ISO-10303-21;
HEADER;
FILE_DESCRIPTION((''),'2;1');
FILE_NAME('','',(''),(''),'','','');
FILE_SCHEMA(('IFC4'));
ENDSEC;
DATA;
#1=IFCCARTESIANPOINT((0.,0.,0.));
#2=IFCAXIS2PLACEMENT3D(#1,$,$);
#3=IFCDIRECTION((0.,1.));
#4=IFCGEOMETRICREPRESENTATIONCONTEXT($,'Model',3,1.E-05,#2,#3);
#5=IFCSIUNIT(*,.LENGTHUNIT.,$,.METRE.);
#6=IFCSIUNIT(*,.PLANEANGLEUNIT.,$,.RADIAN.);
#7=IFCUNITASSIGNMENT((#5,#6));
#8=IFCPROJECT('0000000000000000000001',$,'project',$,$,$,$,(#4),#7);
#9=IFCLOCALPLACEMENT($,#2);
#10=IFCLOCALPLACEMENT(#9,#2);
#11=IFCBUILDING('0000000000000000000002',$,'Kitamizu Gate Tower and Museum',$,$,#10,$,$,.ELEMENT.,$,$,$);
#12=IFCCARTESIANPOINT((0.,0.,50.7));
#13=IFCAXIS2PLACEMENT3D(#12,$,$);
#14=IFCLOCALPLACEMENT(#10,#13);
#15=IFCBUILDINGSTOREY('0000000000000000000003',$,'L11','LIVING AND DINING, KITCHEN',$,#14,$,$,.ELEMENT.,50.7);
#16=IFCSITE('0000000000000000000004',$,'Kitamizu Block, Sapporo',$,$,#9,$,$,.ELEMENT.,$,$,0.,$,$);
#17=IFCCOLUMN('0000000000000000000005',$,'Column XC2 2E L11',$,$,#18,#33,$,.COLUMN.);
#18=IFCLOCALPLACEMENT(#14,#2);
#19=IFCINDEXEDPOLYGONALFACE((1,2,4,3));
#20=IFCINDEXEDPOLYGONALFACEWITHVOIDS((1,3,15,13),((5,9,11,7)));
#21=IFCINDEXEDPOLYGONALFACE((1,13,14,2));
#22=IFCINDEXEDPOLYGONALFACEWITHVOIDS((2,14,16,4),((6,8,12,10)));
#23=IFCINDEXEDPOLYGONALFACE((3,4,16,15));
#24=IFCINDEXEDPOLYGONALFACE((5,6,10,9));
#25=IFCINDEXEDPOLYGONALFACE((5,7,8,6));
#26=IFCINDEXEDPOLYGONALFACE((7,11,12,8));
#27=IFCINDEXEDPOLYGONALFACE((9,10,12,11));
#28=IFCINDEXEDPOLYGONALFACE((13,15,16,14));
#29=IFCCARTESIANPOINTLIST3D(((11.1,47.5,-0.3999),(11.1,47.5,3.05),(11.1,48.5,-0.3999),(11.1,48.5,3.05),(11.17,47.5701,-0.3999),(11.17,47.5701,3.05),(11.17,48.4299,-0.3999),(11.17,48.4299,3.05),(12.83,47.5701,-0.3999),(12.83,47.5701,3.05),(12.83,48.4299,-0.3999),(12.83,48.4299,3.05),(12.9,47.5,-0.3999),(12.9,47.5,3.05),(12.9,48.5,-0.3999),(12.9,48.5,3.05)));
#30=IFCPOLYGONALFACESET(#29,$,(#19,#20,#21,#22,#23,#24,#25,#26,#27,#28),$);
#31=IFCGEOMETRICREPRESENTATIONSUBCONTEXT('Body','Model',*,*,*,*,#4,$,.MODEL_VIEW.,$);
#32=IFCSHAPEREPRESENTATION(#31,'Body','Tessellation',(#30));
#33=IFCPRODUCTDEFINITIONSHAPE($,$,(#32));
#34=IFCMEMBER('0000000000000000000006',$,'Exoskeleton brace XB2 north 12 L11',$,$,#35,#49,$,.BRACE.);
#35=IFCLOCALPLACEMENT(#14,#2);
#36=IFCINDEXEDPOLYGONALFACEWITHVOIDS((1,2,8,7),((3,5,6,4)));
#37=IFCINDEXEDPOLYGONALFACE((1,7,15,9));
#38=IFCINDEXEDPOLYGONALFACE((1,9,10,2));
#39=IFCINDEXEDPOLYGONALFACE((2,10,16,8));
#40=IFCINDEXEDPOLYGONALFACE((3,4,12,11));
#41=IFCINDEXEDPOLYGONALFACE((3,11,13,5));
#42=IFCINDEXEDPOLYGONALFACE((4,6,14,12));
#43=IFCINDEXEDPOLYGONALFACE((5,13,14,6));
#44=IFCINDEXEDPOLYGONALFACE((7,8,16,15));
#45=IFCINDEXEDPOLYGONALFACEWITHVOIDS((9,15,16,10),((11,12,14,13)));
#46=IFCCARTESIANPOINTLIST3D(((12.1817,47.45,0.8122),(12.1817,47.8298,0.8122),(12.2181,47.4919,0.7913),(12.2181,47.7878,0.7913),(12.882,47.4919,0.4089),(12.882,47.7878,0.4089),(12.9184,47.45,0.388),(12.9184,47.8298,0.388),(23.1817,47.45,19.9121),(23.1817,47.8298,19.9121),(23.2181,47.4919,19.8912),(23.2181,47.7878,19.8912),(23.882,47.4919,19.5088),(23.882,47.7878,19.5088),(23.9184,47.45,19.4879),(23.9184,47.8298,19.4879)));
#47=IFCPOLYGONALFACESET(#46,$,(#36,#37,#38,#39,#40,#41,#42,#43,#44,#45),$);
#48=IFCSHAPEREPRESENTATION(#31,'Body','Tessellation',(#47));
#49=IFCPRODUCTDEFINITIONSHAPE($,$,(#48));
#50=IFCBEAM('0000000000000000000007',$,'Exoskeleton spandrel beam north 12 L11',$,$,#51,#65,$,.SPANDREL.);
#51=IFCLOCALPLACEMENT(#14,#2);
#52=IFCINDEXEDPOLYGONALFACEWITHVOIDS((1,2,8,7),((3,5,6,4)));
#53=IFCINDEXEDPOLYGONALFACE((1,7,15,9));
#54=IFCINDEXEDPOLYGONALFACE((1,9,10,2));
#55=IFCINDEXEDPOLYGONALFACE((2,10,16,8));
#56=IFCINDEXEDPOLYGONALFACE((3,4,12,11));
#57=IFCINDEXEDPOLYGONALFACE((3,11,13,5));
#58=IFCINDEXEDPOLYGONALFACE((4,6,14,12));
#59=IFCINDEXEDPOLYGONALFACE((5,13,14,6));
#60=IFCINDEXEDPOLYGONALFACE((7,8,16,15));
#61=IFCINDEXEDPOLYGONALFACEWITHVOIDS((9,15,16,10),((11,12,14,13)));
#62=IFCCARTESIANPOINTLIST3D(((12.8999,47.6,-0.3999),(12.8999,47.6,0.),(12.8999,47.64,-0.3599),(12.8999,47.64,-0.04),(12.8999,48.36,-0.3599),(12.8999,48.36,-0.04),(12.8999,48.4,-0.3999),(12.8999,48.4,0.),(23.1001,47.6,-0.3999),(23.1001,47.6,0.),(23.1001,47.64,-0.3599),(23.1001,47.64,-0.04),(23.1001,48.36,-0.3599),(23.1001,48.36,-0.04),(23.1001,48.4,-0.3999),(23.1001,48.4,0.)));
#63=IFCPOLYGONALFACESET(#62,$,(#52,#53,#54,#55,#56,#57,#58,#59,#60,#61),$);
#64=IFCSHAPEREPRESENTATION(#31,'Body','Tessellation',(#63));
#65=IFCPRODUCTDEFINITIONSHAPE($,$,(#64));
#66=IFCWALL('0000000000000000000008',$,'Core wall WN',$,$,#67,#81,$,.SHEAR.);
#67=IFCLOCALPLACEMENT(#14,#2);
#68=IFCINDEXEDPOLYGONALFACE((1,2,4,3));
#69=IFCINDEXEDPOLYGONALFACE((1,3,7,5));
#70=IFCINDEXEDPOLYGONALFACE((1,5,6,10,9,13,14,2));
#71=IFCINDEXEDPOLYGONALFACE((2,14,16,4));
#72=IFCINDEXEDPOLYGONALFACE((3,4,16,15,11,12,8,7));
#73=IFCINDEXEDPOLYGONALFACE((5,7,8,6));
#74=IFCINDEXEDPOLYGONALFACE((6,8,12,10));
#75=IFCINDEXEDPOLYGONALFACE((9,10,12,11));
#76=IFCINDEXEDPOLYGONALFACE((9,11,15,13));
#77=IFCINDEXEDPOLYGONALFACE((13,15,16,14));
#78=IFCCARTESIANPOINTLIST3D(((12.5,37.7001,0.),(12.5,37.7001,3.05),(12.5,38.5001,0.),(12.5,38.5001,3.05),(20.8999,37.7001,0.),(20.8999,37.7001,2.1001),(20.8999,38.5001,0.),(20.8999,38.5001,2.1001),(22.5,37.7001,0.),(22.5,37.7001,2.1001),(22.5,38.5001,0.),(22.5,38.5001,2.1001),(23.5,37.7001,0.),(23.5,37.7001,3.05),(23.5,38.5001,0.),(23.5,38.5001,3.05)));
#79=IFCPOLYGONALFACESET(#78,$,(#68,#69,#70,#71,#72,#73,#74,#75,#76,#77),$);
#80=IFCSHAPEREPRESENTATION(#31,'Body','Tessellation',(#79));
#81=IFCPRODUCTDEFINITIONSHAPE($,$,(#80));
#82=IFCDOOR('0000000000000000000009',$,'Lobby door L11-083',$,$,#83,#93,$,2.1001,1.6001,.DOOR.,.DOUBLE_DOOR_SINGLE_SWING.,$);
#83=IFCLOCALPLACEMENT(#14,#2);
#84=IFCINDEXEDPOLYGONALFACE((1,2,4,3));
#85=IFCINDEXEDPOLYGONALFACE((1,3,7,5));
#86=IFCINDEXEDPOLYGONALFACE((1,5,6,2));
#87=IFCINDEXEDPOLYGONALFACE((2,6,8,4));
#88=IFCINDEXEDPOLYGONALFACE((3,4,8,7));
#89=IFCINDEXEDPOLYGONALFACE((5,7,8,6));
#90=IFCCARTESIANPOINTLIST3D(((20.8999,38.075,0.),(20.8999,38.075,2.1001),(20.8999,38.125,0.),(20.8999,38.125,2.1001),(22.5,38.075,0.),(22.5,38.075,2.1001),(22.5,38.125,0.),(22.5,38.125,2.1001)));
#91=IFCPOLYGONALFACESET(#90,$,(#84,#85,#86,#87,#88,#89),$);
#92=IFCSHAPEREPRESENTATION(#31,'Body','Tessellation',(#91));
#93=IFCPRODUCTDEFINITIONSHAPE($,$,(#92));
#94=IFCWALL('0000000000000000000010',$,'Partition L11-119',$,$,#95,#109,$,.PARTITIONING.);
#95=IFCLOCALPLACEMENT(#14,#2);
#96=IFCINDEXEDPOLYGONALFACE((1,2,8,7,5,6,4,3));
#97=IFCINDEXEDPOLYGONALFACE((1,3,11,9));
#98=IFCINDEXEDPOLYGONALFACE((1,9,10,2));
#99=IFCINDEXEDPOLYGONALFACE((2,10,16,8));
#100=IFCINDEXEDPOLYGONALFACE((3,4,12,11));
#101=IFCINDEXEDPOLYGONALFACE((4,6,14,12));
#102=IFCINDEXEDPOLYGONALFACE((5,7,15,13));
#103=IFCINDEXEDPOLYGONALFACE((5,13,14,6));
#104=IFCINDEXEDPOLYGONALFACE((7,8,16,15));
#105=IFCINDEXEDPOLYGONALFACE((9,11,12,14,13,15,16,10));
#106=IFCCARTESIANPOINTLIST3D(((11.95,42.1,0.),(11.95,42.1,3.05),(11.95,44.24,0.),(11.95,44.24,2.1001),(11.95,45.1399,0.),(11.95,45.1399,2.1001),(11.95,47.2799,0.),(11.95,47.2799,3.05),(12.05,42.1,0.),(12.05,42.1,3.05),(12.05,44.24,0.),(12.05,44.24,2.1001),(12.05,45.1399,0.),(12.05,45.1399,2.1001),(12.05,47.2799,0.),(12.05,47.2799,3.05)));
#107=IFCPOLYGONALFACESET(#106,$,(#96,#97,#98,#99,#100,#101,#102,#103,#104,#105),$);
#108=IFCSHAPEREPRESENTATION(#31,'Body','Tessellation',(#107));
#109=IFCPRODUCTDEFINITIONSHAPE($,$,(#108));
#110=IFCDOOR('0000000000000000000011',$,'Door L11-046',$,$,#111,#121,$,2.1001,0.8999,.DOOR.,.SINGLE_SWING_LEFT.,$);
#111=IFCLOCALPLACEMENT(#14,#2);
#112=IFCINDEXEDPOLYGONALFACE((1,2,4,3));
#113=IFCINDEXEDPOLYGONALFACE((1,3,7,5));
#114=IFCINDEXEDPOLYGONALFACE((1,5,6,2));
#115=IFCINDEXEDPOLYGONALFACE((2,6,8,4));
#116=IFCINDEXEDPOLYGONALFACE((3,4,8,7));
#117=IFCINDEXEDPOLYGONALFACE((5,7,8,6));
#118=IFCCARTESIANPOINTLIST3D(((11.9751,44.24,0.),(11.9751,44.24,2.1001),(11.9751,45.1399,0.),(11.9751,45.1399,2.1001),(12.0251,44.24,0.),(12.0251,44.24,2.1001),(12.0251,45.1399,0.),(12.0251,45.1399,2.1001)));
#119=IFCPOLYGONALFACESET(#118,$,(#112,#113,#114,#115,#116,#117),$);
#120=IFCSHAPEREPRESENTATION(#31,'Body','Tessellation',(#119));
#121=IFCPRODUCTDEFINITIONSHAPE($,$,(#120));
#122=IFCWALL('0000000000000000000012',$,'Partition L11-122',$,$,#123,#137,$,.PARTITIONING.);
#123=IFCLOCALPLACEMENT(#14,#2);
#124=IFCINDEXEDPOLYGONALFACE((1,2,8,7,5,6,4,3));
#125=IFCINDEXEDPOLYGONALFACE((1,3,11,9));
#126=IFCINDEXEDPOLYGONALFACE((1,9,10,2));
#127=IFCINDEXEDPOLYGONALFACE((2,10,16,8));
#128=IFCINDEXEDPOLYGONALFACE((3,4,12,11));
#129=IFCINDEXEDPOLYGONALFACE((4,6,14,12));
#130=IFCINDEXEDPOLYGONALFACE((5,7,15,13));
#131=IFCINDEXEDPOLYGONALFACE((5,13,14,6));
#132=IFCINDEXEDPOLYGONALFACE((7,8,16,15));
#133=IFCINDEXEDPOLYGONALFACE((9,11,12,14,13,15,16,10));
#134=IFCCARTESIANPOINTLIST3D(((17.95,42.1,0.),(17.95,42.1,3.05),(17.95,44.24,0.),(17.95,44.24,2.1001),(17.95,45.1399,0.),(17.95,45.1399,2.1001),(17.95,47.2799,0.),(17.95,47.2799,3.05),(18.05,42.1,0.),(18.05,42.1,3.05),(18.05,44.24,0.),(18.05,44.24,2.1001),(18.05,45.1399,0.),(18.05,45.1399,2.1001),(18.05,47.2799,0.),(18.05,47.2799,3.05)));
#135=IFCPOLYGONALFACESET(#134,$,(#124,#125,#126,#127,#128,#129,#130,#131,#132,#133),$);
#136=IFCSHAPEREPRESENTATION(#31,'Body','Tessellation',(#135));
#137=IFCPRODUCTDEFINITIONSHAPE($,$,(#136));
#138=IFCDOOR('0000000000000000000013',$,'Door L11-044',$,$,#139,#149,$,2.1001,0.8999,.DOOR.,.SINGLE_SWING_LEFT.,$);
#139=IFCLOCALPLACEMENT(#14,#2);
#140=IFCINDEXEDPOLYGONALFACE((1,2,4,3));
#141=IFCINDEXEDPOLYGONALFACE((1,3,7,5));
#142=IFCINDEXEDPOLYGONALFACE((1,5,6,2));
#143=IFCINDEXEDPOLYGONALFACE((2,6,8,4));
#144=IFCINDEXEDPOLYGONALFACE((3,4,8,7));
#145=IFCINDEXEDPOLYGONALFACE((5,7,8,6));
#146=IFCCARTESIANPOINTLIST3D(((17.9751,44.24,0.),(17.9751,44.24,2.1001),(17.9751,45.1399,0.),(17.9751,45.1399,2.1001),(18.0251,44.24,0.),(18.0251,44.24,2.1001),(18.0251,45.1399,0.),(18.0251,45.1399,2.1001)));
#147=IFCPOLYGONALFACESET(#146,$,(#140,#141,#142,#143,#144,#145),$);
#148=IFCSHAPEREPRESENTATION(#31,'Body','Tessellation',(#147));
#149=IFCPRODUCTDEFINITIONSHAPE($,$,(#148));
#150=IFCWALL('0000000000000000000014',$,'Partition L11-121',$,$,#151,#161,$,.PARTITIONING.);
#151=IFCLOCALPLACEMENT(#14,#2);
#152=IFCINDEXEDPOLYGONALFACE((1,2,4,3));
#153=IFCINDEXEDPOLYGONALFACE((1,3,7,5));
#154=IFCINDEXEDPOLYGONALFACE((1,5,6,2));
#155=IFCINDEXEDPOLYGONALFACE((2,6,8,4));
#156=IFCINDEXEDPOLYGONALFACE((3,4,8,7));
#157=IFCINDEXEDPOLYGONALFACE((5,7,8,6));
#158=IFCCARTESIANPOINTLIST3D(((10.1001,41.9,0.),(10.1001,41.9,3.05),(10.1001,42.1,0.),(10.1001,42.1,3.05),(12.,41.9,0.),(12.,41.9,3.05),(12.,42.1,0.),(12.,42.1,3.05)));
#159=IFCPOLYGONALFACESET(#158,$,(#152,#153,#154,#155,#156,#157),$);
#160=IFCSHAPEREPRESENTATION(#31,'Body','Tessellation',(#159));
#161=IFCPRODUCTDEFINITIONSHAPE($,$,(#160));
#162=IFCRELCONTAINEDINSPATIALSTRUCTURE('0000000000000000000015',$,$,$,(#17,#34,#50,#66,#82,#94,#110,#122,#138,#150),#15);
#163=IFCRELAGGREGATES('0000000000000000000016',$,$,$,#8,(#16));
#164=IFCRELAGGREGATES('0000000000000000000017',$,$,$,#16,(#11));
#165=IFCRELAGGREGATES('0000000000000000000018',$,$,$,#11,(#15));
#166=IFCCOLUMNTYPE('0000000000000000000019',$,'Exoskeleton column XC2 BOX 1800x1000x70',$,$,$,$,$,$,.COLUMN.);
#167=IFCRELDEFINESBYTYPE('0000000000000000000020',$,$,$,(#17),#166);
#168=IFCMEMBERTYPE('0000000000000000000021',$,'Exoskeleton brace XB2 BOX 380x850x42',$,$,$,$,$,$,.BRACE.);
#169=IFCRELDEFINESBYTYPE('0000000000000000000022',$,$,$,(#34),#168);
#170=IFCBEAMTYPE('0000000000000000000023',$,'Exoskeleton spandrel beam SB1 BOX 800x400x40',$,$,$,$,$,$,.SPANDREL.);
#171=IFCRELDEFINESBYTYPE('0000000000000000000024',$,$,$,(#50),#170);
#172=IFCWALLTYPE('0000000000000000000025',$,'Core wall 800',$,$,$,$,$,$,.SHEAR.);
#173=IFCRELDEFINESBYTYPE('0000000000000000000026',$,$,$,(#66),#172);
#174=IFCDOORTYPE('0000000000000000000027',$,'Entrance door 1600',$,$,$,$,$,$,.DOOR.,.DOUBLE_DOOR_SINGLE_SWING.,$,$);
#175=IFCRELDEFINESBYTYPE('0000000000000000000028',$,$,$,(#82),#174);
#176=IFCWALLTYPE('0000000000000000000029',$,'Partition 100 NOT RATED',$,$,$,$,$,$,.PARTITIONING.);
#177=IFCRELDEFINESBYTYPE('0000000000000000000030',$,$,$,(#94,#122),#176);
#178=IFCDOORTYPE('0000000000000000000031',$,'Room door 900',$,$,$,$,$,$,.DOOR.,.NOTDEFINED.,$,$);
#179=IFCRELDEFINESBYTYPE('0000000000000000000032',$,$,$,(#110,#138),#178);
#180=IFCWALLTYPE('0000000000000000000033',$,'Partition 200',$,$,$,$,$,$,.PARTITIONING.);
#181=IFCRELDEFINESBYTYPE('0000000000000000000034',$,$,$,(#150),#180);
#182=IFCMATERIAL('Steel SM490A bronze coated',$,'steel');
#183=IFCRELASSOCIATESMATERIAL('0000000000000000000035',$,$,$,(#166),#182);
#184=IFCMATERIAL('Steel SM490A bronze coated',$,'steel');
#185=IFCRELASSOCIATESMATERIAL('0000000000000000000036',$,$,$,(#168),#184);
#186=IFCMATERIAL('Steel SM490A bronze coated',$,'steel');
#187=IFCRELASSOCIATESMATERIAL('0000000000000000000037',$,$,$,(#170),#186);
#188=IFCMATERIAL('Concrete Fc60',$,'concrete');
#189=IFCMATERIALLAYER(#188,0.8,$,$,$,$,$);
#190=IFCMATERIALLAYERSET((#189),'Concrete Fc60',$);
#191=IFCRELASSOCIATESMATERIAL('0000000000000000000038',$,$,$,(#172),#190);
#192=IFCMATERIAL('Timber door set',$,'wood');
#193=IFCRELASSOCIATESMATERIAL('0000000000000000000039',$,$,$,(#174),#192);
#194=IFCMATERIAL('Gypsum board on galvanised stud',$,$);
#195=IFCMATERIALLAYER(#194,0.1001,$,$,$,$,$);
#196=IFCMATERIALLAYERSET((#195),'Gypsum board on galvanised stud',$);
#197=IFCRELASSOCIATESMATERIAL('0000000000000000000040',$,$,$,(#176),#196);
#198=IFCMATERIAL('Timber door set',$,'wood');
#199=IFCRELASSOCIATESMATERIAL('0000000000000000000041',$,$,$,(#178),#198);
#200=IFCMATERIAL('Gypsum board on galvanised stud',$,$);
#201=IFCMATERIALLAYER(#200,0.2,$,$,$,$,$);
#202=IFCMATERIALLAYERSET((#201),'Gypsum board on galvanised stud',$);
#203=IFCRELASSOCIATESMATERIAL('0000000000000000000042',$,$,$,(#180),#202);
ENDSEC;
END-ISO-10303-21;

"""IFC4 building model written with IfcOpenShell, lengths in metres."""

from ifc_helpers import new_model, si_unit, direction, frame, frame_2d, origin, origin_2d, place, context, subcontext, project, spatial, rectangle, hollow_rectangle, extrude, material, layer, layer_set, material_profile, profile_set, type_object, element, fill, save


model = new_model("IFC4")

# Units and contexts
model_context = context("Model", 3, precision=1e-05, world=origin(), true_north=direction((0.0, 1.0)))
body_context = subcontext(model_context, "Body", "Model", "MODEL_VIEW")
ifc_project = project(units=[si_unit("LENGTHUNIT", "METRE"), si_unit("PLANEANGLEUNIT", "RADIAN")], contexts=[model_context])

# Site, building, storey
site_placement = place(None, origin())
site = spatial("IfcSite", under=ifc_project, at=site_placement, Name="Kitamizu Block, Sapporo", CompositionType="ELEMENT", RefElevation=0.0)
building_placement = place(site_placement, origin())
building = spatial("IfcBuilding", under=site, at=building_placement, Name="Kitamizu Gate Tower and Museum", CompositionType="ELEMENT")
storey_placement = place(building_placement, frame((0.0, 0.0, 50.7)))
storey = spatial("IfcBuildingStorey", under=building, at=storey_placement, Name="L11", Description="LIVING AND DINING, KITCHEN", CompositionType="ELEMENT", Elevation=50.7)

# Column
ifc_material_1 = material(Name="Steel SM490A bronze coated", Category="steel")
ifc_material_profile_1 = material_profile(ifc_material_1, hollow_rectangle(XDim=1.8, YDim=1.0, WallThickness=0.0701, at=origin_2d()), Name="BOX 1800x1000x70")
ifc_profile_set_1 = profile_set([ifc_material_profile_1], Name="Steel SM490A bronze coated")
column_type = type_object("IfcColumnType", Name="Exoskeleton column XC2 BOX 1800x1000x70", PredefinedType="COLUMN", material=ifc_profile_set_1)
column_placement = place(storey_placement, frame((12.0, 48.0, -0.3999), z_axis=(0.0, 0.0, 1.0), x_axis=(1.0, 0.0, 0.0)))
element("IfcColumn", 1, at=column_placement, inside=storey, type_object=column_type, Name="Column XC2 2E L11", PredefinedType="COLUMN", context=body_context, shape_type="SweptSolid", body=[
    extrude(hollow_rectangle(XDim=1.8, YDim=1.0, WallThickness=0.0701, at=origin_2d()), origin(), (0.0, 0.0, 1.0), 3.45),
])

# Member
ifc_material_2 = material(Name="Steel SM490A bronze coated", Category="steel")
ifc_material_profile_2 = material_profile(ifc_material_2, hollow_rectangle(XDim=0.3799, YDim=0.8501, WallThickness=0.042, at=origin_2d()), Name="BOX 380x850x42")
ifc_profile_set_2 = profile_set([ifc_material_profile_2], Name="Steel SM490A bronze coated")
member_type = type_object("IfcMemberType", Name="Exoskeleton brace XB2 BOX 380x850x42", PredefinedType="BRACE", material=ifc_profile_set_2)
member_placement = place(storey_placement, frame((12.55, 47.6399, 0.6001), z_axis=(0.499071, 0.0, 0.866561), x_axis=(0.0, 1.0, 0.0)))
element("IfcMember", 2, at=member_placement, inside=storey, type_object=member_type, Name="Exoskeleton brace XB2 north 12 L11", PredefinedType="BRACE", context=body_context, shape_type="SweptSolid", body=[
    extrude(hollow_rectangle(XDim=0.3799, YDim=0.8501, WallThickness=0.042, at=origin_2d()), origin(), (0.0, 0.0, 1.0), 22.041),
])

# Beam
ifc_material_3 = material(Name="Steel SM490A bronze coated", Category="steel")
ifc_material_profile_3 = material_profile(ifc_material_3, hollow_rectangle(XDim=0.8, YDim=0.3999, WallThickness=0.04, at=origin_2d()), Name="BOX 800x400x40")
ifc_profile_set_3 = profile_set([ifc_material_profile_3], Name="Steel SM490A bronze coated")
beam_type = type_object("IfcBeamType", Name="Exoskeleton spandrel beam SB1 BOX 800x400x40", PredefinedType="SPANDREL", material=ifc_profile_set_3)
beam_placement = place(storey_placement, frame((12.8999, 48.0, -0.2), z_axis=(1.0, 0.0, 0.0), x_axis=(0.0, 1.0, 0.0)))
element("IfcBeam", 3, at=beam_placement, inside=storey, type_object=beam_type, Name="Exoskeleton spandrel beam north 12 L11", PredefinedType="SPANDREL", context=body_context, shape_type="SweptSolid", body=[
    extrude(hollow_rectangle(XDim=0.8, YDim=0.3999, WallThickness=0.04, at=origin_2d()), origin(), (0.0, 0.0, 1.0), 10.2002),
])

# Walls, openings, doors
ifc_material_4 = material(Name="Concrete Fc60", Category="concrete")
ifc_layer_1 = layer(ifc_material_4, 0.8)
ifc_layer_set_1 = layer_set([ifc_layer_1], Name="Concrete Fc60")
wall_type_1 = type_object("IfcWallType", Name="Core wall 800", PredefinedType="SHEAR", material=ifc_layer_set_1)
wall_1_placement = place(storey_placement, frame((12.5, 38.1001, 0.0), z_axis=(0.0, 0.0, 1.0), x_axis=(1.0, 0.0, 0.0)))
wall_1 = element("IfcWall", 4, at=wall_1_placement, inside=storey, type_object=wall_type_1, Name="Core wall WN", PredefinedType="SHEAR", context=body_context, shape_type="SweptSolid", body=[
    extrude(rectangle(XDim=11.0, YDim=0.8, at=frame_2d((5.5, 0.0))), origin(), (0.0, 0.0, 1.0), 3.05),
])
opening_1_placement = place(wall_1_placement, frame((8.3999, 0.0, 0.0)))
opening_1 = element("IfcOpeningElement", 5, at=opening_1_placement, cuts=wall_1, PredefinedType="OPENING", context=body_context, shape_type="SweptSolid", body=[
    extrude(rectangle(XDim=1.6001, YDim=2.1001, at=frame_2d((0.8, 1.05))), frame((0.0, 0.4102, 0.0), z_axis=(0.0, -1.0, 0.0), x_axis=(1.0, 0.0, 0.0)), (0.0, 0.0, 1.0), 0.8201),
])
ifc_material_5 = material(Name="Timber door set", Category="wood")
door_type_1 = type_object("IfcDoorType", Name="Entrance door 1600", OperationType="DOUBLE_DOOR_SINGLE_SWING", PredefinedType="DOOR", material=ifc_material_5)
door_1_placement = place(opening_1_placement, origin())
door_1 = element("IfcDoor", 6, at=door_1_placement, inside=storey, type_object=door_type_1, Name="Lobby door L11-083", OperationType="DOUBLE_DOOR_SINGLE_SWING", OverallHeight=2.1001, OverallWidth=1.6001, PredefinedType="DOOR", context=body_context, shape_type="SweptSolid", body=[
    extrude(rectangle(XDim=1.6001, YDim=2.1001, at=frame_2d((0.8, 1.05))), frame((0.0, 0.0249, 0.0), z_axis=(0.0, -1.0, 0.0), x_axis=(1.0, 0.0, 0.0)), (0.0, 0.0, 1.0), 0.05),
])
fill(opening_1, door_1)
ifc_material_6 = material(Name="Gypsum board on galvanised stud")
ifc_layer_2 = layer(ifc_material_6, 0.1001)
ifc_layer_set_2 = layer_set([ifc_layer_2], Name="Gypsum board on galvanised stud")
wall_type_2 = type_object("IfcWallType", Name="Partition 100 NOT RATED", PredefinedType="PARTITIONING", material=ifc_layer_set_2)
wall_2_placement = place(storey_placement, frame((12.0, 42.1001, 0.0), z_axis=(0.0, 0.0, 1.0), x_axis=(0.0, 1.0, 0.0)))
wall_2 = element("IfcWall", 7, at=wall_2_placement, inside=storey, type_object=wall_type_2, Name="Partition L11-119", PredefinedType="PARTITIONING", context=body_context, shape_type="SweptSolid", body=[
    extrude(rectangle(XDim=5.1799, YDim=0.1001, at=frame_2d((2.5898, 0.0))), origin(), (0.0, 0.0, 1.0), 3.05),
])
opening_2_placement = place(wall_2_placement, frame((2.1399, 0.0, 0.0)))
opening_2 = element("IfcOpeningElement", 8, at=opening_2_placement, cuts=wall_2, PredefinedType="OPENING", context=body_context, shape_type="SweptSolid", body=[
    extrude(rectangle(XDim=0.8999, YDim=2.1001, at=frame_2d((0.45, 1.05))), frame((0.0, 0.0601, 0.0), z_axis=(0.0, -1.0, 0.0), x_axis=(1.0, 0.0, 0.0)), (0.0, 0.0, 1.0), 0.1201),
])
ifc_material_7 = material(Name="Timber door set", Category="wood")
door_type_2 = type_object("IfcDoorType", Name="Room door 900", OperationType="NOTDEFINED", PredefinedType="DOOR", material=ifc_material_7)
door_2_placement = place(opening_2_placement, origin())
door_2 = element("IfcDoor", 9, at=door_2_placement, inside=storey, type_object=door_type_2, Name="Door L11-046", OperationType="SINGLE_SWING_LEFT", OverallHeight=2.1001, OverallWidth=0.8999, PredefinedType="DOOR", context=body_context, shape_type="SweptSolid", body=[
    extrude(rectangle(XDim=0.8999, YDim=2.1001, at=frame_2d((0.45, 1.05))), frame((0.0, 0.0249, 0.0), z_axis=(0.0, -1.0, 0.0), x_axis=(1.0, 0.0, 0.0)), (0.0, 0.0, 1.0), 0.05),
])
fill(opening_2, door_2)
wall_3_placement = place(storey_placement, frame((18.0, 42.1001, 0.0), z_axis=(0.0, 0.0, 1.0), x_axis=(0.0, 1.0, 0.0)))
wall_3 = element("IfcWall", 10, at=wall_3_placement, inside=storey, type_object=wall_type_2, Name="Partition L11-122", PredefinedType="PARTITIONING", context=body_context, shape_type="SweptSolid", body=[
    extrude(rectangle(XDim=5.1799, YDim=0.1001, at=frame_2d((2.5898, 0.0))), origin(), (0.0, 0.0, 1.0), 3.05),
])
opening_3_placement = place(wall_3_placement, frame((2.1399, 0.0, 0.0)))
opening_3 = element("IfcOpeningElement", 11, at=opening_3_placement, cuts=wall_3, PredefinedType="OPENING", context=body_context, shape_type="SweptSolid", body=[
    extrude(rectangle(XDim=0.8999, YDim=2.1001, at=frame_2d((0.45, 1.05))), frame((0.0, 0.0601, 0.0), z_axis=(0.0, -1.0, 0.0), x_axis=(1.0, 0.0, 0.0)), (0.0, 0.0, 1.0), 0.1201),
])
door_3_placement = place(opening_3_placement, origin())
door_3 = element("IfcDoor", 12, at=door_3_placement, inside=storey, type_object=door_type_2, Name="Door L11-044", OperationType="SINGLE_SWING_LEFT", OverallHeight=2.1001, OverallWidth=0.8999, PredefinedType="DOOR", context=body_context, shape_type="SweptSolid", body=[
    extrude(rectangle(XDim=0.8999, YDim=2.1001, at=frame_2d((0.45, 1.05))), frame((0.0, 0.0249, 0.0), z_axis=(0.0, -1.0, 0.0), x_axis=(1.0, 0.0, 0.0)), (0.0, 0.0, 1.0), 0.05),
])
fill(opening_3, door_3)

# Wall
ifc_material_8 = material(Name="Gypsum board on galvanised stud")
ifc_layer_3 = layer(ifc_material_8, 0.2)
ifc_layer_set_3 = layer_set([ifc_layer_3], Name="Gypsum board on galvanised stud")
wall_type_3 = type_object("IfcWallType", Name="Partition 200", PredefinedType="PARTITIONING", material=ifc_layer_set_3)
wall_4_placement = place(storey_placement, frame((10.1001, 42.0, 0.0), z_axis=(0.0, 0.0, 1.0), x_axis=(1.0, 0.0, 0.0)))
element("IfcWall", 13, at=wall_4_placement, inside=storey, type_object=wall_type_3, Name="Partition L11-121", PredefinedType="PARTITIONING", context=body_context, shape_type="SweptSolid", body=[
    extrude(rectangle(XDim=1.8999, YDim=0.2, at=frame_2d((0.95, 0.0))), origin(), (0.0, 0.0, 1.0), 3.05),
])

save(model, "model.ifc")
